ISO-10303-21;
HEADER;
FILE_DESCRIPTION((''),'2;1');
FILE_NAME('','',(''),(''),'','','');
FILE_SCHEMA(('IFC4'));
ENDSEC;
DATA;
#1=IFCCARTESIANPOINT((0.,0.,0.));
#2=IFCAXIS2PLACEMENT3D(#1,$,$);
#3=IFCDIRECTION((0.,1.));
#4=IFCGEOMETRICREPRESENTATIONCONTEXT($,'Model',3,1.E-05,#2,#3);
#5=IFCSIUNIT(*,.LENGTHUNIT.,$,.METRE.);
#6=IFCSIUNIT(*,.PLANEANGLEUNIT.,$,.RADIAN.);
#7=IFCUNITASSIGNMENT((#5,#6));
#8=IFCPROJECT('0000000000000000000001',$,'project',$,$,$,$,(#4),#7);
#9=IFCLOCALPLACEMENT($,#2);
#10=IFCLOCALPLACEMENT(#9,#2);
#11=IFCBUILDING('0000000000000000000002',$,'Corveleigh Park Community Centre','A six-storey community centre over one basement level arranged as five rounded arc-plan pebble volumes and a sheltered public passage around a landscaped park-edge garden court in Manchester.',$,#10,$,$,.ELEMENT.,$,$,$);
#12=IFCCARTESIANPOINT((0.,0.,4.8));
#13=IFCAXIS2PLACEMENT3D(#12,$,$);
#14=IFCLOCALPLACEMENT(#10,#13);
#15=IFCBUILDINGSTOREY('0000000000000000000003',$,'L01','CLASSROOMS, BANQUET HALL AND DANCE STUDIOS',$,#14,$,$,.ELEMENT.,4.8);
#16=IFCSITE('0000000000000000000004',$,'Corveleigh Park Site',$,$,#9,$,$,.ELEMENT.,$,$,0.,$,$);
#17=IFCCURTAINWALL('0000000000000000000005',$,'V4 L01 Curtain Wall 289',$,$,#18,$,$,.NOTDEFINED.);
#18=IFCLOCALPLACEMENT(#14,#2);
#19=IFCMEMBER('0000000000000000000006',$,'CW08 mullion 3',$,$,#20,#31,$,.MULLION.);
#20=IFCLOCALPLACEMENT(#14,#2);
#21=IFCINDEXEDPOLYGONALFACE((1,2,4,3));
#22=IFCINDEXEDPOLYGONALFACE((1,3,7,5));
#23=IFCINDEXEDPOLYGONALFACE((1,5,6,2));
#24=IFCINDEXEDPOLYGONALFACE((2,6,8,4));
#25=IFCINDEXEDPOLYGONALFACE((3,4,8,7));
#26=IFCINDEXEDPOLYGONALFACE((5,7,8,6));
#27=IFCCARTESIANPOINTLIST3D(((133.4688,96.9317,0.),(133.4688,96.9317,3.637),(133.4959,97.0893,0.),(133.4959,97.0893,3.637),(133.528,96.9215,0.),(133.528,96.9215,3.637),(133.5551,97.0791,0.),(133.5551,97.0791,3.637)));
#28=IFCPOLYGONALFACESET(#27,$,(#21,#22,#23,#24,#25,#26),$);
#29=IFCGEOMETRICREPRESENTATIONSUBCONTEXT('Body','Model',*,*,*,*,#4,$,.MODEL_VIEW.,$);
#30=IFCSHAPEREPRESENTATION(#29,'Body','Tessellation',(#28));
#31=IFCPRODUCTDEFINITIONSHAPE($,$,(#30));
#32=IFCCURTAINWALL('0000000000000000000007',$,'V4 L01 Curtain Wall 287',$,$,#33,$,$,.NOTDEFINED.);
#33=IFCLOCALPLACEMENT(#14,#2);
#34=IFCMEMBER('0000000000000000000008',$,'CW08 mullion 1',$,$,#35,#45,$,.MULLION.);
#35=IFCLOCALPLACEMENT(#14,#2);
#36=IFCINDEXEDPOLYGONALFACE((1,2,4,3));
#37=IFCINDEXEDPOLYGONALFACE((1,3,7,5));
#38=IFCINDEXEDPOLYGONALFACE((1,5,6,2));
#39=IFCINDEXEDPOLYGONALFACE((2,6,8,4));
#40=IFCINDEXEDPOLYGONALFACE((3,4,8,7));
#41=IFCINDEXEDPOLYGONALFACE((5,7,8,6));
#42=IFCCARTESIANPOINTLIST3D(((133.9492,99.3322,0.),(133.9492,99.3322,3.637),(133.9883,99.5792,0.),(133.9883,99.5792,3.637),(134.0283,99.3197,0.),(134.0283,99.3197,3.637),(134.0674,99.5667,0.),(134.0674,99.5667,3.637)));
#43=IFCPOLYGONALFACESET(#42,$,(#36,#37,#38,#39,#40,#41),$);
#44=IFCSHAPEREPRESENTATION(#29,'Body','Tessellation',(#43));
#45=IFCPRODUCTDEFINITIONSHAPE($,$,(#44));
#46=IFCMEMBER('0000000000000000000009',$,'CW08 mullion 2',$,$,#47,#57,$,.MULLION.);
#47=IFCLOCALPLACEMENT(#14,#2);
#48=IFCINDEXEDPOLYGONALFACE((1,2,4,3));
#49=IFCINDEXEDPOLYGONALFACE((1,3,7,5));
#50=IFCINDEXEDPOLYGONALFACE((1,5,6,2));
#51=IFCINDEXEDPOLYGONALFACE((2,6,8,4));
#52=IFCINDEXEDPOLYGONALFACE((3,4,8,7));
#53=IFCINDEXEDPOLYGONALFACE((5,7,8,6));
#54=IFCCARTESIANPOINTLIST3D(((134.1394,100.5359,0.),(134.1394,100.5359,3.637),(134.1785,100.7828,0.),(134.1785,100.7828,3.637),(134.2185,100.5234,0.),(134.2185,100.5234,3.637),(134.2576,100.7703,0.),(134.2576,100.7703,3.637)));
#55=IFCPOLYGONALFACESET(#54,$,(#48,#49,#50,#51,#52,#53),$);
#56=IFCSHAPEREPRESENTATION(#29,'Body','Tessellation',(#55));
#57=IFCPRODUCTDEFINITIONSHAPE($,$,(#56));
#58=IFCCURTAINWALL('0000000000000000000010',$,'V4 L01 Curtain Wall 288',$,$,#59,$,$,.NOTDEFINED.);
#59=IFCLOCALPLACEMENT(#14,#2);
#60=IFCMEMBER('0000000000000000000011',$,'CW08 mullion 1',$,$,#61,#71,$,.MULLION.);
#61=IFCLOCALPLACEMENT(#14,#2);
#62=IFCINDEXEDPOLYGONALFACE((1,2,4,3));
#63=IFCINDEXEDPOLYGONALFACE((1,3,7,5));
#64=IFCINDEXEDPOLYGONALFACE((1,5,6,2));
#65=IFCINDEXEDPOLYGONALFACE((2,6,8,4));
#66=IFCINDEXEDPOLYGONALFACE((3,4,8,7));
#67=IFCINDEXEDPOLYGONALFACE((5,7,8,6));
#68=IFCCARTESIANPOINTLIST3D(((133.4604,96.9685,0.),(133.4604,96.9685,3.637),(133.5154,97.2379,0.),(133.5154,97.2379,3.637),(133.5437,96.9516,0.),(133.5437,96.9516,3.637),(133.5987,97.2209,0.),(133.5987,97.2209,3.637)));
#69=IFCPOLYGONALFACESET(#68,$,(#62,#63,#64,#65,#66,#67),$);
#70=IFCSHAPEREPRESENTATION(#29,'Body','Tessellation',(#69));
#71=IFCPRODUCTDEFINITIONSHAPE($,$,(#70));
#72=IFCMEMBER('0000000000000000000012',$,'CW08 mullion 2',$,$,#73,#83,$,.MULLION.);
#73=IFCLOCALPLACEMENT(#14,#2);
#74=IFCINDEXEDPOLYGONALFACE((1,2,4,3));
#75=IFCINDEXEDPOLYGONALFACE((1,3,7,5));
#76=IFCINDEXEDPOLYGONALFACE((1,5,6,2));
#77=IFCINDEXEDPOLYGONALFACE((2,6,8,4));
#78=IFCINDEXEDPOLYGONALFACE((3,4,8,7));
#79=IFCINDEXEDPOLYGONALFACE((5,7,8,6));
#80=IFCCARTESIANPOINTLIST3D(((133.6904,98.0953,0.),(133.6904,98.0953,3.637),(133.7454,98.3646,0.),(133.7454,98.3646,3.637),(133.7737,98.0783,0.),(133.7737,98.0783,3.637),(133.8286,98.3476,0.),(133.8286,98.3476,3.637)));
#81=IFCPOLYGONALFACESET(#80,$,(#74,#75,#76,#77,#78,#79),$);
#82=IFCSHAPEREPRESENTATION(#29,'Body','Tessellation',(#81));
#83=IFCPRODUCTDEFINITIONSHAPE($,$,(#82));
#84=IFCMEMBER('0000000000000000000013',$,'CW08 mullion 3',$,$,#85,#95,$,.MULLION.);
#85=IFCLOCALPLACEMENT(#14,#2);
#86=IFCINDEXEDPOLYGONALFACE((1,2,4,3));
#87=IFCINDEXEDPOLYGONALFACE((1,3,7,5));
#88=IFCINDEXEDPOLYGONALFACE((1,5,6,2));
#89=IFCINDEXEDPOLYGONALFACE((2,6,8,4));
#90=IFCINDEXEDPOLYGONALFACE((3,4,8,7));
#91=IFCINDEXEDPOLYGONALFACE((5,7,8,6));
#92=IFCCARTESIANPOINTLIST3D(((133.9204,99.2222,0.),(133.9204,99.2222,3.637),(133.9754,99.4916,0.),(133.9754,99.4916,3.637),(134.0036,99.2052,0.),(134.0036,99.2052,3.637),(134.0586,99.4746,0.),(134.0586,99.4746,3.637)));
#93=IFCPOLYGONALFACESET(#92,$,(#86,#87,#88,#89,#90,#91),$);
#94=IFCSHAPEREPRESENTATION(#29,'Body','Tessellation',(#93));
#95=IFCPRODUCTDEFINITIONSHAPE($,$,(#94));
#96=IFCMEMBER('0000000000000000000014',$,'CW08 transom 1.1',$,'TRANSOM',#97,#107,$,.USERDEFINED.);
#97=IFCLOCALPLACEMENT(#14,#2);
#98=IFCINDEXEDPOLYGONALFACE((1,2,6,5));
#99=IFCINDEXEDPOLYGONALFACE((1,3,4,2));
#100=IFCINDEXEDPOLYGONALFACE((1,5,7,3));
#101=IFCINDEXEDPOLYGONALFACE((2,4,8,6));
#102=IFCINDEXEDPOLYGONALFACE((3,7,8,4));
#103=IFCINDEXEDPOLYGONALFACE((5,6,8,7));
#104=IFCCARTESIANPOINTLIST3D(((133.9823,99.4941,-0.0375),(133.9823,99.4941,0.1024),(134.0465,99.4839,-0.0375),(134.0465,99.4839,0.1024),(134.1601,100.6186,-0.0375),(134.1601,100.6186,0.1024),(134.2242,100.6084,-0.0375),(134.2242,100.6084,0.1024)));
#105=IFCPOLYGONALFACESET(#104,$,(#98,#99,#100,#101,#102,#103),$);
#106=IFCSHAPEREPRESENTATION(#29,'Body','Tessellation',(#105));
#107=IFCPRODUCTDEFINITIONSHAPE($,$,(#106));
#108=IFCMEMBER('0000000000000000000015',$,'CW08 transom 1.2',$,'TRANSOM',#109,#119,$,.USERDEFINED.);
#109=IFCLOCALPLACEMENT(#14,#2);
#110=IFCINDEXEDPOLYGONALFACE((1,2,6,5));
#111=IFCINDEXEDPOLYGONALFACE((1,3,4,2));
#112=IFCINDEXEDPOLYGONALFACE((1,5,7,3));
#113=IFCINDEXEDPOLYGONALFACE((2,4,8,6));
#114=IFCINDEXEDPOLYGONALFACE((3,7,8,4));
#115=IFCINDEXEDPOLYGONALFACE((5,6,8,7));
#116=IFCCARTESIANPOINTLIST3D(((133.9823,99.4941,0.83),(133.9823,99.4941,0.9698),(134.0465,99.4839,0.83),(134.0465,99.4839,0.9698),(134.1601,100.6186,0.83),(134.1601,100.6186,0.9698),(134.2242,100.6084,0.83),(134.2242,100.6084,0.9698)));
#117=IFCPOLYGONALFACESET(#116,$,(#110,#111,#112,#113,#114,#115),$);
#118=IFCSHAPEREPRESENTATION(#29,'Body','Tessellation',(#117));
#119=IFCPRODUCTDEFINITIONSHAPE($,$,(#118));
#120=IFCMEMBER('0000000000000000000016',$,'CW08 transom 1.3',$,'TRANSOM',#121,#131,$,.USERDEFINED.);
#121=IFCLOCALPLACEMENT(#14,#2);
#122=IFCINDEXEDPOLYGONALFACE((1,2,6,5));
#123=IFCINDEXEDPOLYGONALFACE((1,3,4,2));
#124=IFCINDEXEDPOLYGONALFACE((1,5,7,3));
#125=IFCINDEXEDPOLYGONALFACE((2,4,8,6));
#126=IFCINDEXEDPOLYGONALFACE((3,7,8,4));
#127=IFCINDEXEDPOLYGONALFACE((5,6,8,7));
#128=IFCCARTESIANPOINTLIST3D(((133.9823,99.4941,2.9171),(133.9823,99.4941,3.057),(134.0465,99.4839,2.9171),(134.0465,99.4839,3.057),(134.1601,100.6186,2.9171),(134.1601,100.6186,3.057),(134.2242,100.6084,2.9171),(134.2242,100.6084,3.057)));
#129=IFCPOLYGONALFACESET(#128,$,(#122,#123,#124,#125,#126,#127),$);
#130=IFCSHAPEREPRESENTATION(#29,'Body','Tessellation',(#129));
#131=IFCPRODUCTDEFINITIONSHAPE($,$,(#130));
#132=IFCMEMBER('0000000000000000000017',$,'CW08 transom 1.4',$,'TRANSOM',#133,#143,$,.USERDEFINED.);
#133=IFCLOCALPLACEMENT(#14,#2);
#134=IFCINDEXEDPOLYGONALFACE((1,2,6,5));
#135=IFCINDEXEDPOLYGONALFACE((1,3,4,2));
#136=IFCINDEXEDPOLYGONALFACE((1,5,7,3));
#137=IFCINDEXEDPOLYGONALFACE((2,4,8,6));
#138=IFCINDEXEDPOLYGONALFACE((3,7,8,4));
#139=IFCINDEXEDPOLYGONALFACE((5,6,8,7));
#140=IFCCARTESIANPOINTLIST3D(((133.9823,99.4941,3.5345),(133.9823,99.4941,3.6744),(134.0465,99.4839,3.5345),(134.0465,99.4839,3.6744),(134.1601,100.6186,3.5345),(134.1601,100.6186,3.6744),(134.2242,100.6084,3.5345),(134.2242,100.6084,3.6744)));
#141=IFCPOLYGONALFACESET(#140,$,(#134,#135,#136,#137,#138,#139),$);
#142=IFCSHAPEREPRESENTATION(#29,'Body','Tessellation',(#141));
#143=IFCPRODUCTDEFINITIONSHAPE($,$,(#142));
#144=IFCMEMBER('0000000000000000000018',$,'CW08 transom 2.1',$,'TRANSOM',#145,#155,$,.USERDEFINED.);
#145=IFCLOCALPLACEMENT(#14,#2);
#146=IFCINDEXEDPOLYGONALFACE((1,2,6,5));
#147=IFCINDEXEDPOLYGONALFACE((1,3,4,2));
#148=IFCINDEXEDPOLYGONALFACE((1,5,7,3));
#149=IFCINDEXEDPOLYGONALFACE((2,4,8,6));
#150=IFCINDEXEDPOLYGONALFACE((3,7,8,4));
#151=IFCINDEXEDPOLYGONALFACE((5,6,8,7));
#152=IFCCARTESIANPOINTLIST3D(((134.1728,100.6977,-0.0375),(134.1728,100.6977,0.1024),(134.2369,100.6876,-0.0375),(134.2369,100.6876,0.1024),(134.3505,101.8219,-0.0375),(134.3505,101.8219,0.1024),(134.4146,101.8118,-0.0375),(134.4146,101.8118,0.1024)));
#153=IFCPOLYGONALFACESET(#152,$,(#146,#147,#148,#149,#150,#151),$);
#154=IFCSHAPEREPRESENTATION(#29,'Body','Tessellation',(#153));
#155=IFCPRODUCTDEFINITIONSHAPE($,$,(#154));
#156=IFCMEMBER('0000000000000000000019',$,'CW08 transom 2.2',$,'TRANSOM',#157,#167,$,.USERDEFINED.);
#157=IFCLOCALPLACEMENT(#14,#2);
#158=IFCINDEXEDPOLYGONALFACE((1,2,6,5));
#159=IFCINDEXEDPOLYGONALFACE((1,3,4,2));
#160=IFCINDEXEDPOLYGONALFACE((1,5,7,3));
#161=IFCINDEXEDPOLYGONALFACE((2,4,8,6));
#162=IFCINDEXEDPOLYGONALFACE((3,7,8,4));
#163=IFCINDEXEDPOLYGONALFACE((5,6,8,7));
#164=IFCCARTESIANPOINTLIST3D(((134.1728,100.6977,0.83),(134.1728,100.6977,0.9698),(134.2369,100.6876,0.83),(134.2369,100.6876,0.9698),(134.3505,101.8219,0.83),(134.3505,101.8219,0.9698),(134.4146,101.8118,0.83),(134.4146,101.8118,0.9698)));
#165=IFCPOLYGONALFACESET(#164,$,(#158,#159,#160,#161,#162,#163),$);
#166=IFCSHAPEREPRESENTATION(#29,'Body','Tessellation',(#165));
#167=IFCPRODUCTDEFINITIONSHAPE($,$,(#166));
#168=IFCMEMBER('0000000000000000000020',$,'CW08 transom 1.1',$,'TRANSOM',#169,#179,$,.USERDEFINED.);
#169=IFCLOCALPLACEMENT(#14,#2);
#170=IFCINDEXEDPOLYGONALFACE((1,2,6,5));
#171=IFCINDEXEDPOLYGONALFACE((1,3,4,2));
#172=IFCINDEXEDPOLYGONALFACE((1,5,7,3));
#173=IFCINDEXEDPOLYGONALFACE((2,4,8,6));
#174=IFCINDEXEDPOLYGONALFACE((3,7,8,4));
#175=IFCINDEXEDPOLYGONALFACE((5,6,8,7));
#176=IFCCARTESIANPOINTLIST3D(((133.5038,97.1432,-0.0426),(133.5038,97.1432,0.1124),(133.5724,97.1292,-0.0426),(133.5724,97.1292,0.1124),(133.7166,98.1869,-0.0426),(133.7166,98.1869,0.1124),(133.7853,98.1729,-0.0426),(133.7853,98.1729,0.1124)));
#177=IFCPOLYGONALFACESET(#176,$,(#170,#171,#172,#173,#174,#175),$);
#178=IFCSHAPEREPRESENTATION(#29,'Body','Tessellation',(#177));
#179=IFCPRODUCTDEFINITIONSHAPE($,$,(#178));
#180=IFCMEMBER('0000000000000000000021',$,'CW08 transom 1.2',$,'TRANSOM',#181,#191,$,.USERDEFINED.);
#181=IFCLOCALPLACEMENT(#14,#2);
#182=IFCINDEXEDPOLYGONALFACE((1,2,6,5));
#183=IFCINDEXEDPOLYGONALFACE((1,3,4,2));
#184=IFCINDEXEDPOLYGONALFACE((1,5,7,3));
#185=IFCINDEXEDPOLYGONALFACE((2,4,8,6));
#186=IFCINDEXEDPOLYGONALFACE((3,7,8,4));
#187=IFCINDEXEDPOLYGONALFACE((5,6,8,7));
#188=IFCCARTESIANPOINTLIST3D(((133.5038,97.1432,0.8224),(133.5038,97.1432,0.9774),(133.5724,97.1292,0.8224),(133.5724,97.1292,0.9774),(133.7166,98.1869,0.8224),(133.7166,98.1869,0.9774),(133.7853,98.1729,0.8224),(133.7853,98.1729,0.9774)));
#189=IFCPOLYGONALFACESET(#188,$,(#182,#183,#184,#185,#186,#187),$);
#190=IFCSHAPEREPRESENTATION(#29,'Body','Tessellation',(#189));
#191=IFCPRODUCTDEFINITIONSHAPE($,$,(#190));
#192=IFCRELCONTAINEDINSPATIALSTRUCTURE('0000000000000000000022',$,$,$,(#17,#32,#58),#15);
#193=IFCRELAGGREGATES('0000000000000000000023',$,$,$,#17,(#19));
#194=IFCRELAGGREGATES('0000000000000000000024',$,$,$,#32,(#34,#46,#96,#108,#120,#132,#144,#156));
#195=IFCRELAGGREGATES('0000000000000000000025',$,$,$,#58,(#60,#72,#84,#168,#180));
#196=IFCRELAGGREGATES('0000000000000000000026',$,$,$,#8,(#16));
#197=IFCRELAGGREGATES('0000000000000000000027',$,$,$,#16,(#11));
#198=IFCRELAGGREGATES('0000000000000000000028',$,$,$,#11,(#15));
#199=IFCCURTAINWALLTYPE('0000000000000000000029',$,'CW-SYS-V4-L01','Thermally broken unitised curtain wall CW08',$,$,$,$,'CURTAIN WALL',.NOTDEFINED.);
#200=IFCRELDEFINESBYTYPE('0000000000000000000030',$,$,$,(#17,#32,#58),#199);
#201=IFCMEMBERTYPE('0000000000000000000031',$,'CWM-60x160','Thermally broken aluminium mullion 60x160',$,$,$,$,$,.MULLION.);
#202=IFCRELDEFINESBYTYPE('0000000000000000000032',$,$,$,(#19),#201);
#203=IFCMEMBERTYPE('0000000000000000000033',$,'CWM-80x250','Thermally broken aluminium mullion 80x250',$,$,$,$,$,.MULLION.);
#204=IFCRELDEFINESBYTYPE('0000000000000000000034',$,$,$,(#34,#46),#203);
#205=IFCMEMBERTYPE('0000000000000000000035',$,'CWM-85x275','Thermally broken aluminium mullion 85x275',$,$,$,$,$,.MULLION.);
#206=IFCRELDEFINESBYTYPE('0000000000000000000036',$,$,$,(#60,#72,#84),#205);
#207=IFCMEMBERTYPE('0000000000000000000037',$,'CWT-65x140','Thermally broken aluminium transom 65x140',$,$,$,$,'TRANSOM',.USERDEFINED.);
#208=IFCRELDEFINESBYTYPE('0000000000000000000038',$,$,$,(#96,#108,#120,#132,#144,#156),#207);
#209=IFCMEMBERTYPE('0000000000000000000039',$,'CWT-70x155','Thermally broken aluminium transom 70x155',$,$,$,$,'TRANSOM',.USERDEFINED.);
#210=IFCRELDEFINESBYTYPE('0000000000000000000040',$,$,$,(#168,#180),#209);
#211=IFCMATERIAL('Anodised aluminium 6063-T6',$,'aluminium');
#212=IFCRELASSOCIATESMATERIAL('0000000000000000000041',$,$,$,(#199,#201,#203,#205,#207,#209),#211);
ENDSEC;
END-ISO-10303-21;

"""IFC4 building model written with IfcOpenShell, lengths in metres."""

from ifc_helpers import new_model, si_unit, direction, frame, origin, origin_2d, place, context, subcontext, project, spatial, rectangle, extrude, material, material_profile, profile_set, type_object, element, aggregate, save


model = new_model("IFC4")

# Units and contexts
model_context = context("Model", 3, precision=1e-05, world=origin(), true_north=direction((0.0, 1.0)))
body_context = subcontext(model_context, "Body", "Model", "MODEL_VIEW")
ifc_project = project(units=[si_unit("LENGTHUNIT", "METRE"), si_unit("PLANEANGLEUNIT", "RADIAN")], contexts=[model_context])

# Site, building, storey
site_placement = place(None, origin())
site = spatial("IfcSite", under=ifc_project, at=site_placement, Name="Corveleigh Park Site", CompositionType="ELEMENT", RefElevation=0.0)
building_placement = place(site_placement, origin())
building = spatial("IfcBuilding", under=site, at=building_placement, Name="Corveleigh Park Community Centre", Description="A six-storey community centre over one basement level arranged as five rounded arc-plan pebble volumes and a sheltered public passage around a landscaped park-edge garden court in Manchester.", CompositionType="ELEMENT")
storey_placement = place(building_placement, frame((0.0, 0.0, 4.8)))
storey = spatial("IfcBuildingStorey", under=building, at=storey_placement, Name="L01", Description="CLASSROOMS, BANQUET HALL AND DANCE STUDIOS", CompositionType="ELEMENT", Elevation=4.8)

# Curtain wall, member
ifc_material_1 = material(Name="Anodised aluminium 6063-T6", Category="aluminium")
curtain_wall_type = type_object("IfcCurtainWallType", Name="CW-SYS-V4-L01", Description="Thermally broken unitised curtain wall CW08", ElementType="CURTAIN WALL", PredefinedType="NOTDEFINED", material=ifc_material_1)
curtain_wall_1_placement = place(storey_placement, origin())
curtain_wall_1 = element("IfcCurtainWall", 1, at=curtain_wall_1_placement, inside=storey, type_object=curtain_wall_type, Name="V4 L01 Curtain Wall 289", PredefinedType="NOTDEFINED")
ifc_material_profile_1 = material_profile(ifc_material_1, rectangle(XDim=0.0601, YDim=0.1599, at=origin_2d()), Name="ALU-M60x160", Category="aluminium")
ifc_profile_set_1 = profile_set([ifc_material_profile_1], Name="Anodised aluminium 6063-T6")
member_type_1 = type_object("IfcMemberType", Name="CWM-60x160", Description="Thermally broken aluminium mullion 60x160", PredefinedType="MULLION", material=ifc_profile_set_1)
member_1_placement = place(storey_placement, frame((133.512, 97.0054, 0.0), z_axis=(0.0, 0.0, 1.0), x_axis=(-0.985554, 0.169359, 0.0)))
member_1 = element("IfcMember", 2, at=member_1_placement, type_object=member_type_1, Name="CW08 mullion 3", PredefinedType="MULLION", context=body_context, shape_type="SweptSolid", body=[
    extrude(rectangle(XDim=0.0601, YDim=0.1599, at=origin_2d()), origin(), (0.0, 0.0, 1.0), 3.637),
])
aggregate(curtain_wall_1, [member_1])

# Curtain walls, members
curtain_wall_2_placement = place(storey_placement, origin())
curtain_wall_2 = element("IfcCurtainWall", 3, at=curtain_wall_2_placement, inside=storey, type_object=curtain_wall_type, Name="V4 L01 Curtain Wall 287", PredefinedType="NOTDEFINED")
ifc_material_profile_2 = material_profile(ifc_material_1, rectangle(XDim=0.0801, YDim=0.25, at=origin_2d()), Name="ALU-M80x250", Category="aluminium")
ifc_profile_set_2 = profile_set([ifc_material_profile_2], Name="Anodised aluminium 6063-T6")
member_type_2 = type_object("IfcMemberType", Name="CWM-80x250", Description="Thermally broken aluminium mullion 80x250", PredefinedType="MULLION", material=ifc_profile_set_2)
member_2_placement = place(storey_placement, frame((134.0083, 99.4495, 0.0), z_axis=(0.0, 0.0, 1.0), x_axis=(-0.987734, 0.156146, 0.0)))
member_2 = element("IfcMember", 4, at=member_2_placement, type_object=member_type_2, Name="CW08 mullion 1", PredefinedType="MULLION", context=body_context, shape_type="SweptSolid", body=[
    extrude(rectangle(XDim=0.0801, YDim=0.25, at=origin_2d()), origin(), (0.0, 0.0, 1.0), 3.637),
])
member_3_placement = place(storey_placement, frame((134.1985, 100.6531, 0.0), z_axis=(0.0, 0.0, 1.0), x_axis=(-0.987734, 0.156146, 0.0)))
member_3 = element("IfcMember", 5, at=member_3_placement, type_object=member_type_2, Name="CW08 mullion 2", PredefinedType="MULLION", context=body_context, shape_type="SweptSolid", body=[
    extrude(rectangle(XDim=0.0801, YDim=0.25, at=origin_2d()), origin(), (0.0, 0.0, 1.0), 3.637),
])
curtain_wall_3_placement = place(storey_placement, origin())
curtain_wall_3 = element("IfcCurtainWall", 6, at=curtain_wall_3_placement, inside=storey, type_object=curtain_wall_type, Name="V4 L01 Curtain Wall 288", PredefinedType="NOTDEFINED")
ifc_material_profile_3 = material_profile(ifc_material_1, rectangle(XDim=0.085, YDim=0.2749, at=origin_2d()), Name="ALU-M85x275", Category="aluminium")
ifc_profile_set_3 = profile_set([ifc_material_profile_3], Name="Anodised aluminium 6063-T6")
member_type_3 = type_object("IfcMemberType", Name="CWM-85x275", Description="Thermally broken aluminium mullion 85x275", PredefinedType="MULLION", material=ifc_profile_set_3)
member_4_placement = place(storey_placement, frame((133.5295, 97.0947, 0.0), z_axis=(0.0, 0.0, 1.0), x_axis=(-0.979799, 0.199985, 0.0)))
member_4 = element("IfcMember", 7, at=member_4_placement, type_object=member_type_3, Name="CW08 mullion 1", PredefinedType="MULLION", context=body_context, shape_type="SweptSolid", body=[
    extrude(rectangle(XDim=0.085, YDim=0.2749, at=origin_2d()), origin(), (0.0, 0.0, 1.0), 3.637),
])
member_5_placement = place(storey_placement, frame((133.7595, 98.2214, 0.0), z_axis=(0.0, 0.0, 1.0), x_axis=(-0.979799, 0.199985, 0.0)))
member_5 = element("IfcMember", 8, at=member_5_placement, type_object=member_type_3, Name="CW08 mullion 2", PredefinedType="MULLION", context=body_context, shape_type="SweptSolid", body=[
    extrude(rectangle(XDim=0.085, YDim=0.2749, at=origin_2d()), origin(), (0.0, 0.0, 1.0), 3.637),
])
member_6_placement = place(storey_placement, frame((133.9895, 99.3484, 0.0), z_axis=(0.0, 0.0, 1.0), x_axis=(-0.979799, 0.199985, 0.0)))
member_6 = element("IfcMember", 9, at=member_6_placement, type_object=member_type_3, Name="CW08 mullion 3", PredefinedType="MULLION", context=body_context, shape_type="SweptSolid", body=[
    extrude(rectangle(XDim=0.085, YDim=0.2749, at=origin_2d()), origin(), (0.0, 0.0, 1.0), 3.637),
])

# Members
ifc_material_profile_4 = material_profile(ifc_material_1, rectangle(XDim=0.0649, YDim=0.1399, at=origin_2d()), Name="ALU-T65x140", Category="aluminium")
ifc_profile_set_4 = profile_set([ifc_material_profile_4], Name="Anodised aluminium 6063-T6")
member_type_4 = type_object("IfcMemberType", Name="CWT-65x140", Description="Thermally broken aluminium transom 65x140", ElementType="TRANSOM", PredefinedType="USERDEFINED", material=ifc_profile_set_4)
member_7_placement = place(storey_placement, frame((134.0144, 99.489, 0.0325), z_axis=(0.156117, 0.987739, 0.0), x_axis=(-0.987739, 0.156117, 0.0)))
member_7 = element("IfcMember", 10, at=member_7_placement, type_object=member_type_4, Name="CW08 transom 1.1", ObjectType="TRANSOM", PredefinedType="USERDEFINED", context=body_context, shape_type="SweptSolid", body=[
    extrude(rectangle(XDim=0.0649, YDim=0.1399, at=origin_2d()), origin(), (0.0, 0.0, 1.0), 1.1384),
])
member_8_placement = place(storey_placement, frame((134.0144, 99.489, 0.8999), z_axis=(0.156117, 0.987739, 0.0), x_axis=(-0.987739, 0.156117, 0.0)))
member_8 = element("IfcMember", 11, at=member_8_placement, type_object=member_type_4, Name="CW08 transom 1.2", ObjectType="TRANSOM", PredefinedType="USERDEFINED", context=body_context, shape_type="SweptSolid", body=[
    extrude(rectangle(XDim=0.0649, YDim=0.1399, at=origin_2d()), origin(), (0.0, 0.0, 1.0), 1.1384),
])
member_9_placement = place(storey_placement, frame((134.0144, 99.489, 2.9871), z_axis=(0.156117, 0.987739, 0.0), x_axis=(-0.987739, 0.156117, 0.0)))
member_9 = element("IfcMember", 12, at=member_9_placement, type_object=member_type_4, Name="CW08 transom 1.3", ObjectType="TRANSOM", PredefinedType="USERDEFINED", context=body_context, shape_type="SweptSolid", body=[
    extrude(rectangle(XDim=0.0649, YDim=0.1399, at=origin_2d()), origin(), (0.0, 0.0, 1.0), 1.1384),
])
member_10_placement = place(storey_placement, frame((134.0144, 99.489, 3.6045), z_axis=(0.156117, 0.987739, 0.0), x_axis=(-0.987739, 0.156117, 0.0)))
member_10 = element("IfcMember", 13, at=member_10_placement, type_object=member_type_4, Name="CW08 transom 1.4", ObjectType="TRANSOM", PredefinedType="USERDEFINED", context=body_context, shape_type="SweptSolid", body=[
    extrude(rectangle(XDim=0.0649, YDim=0.1399, at=origin_2d()), origin(), (0.0, 0.0, 1.0), 1.1384),
])
member_11_placement = place(storey_placement, frame((134.2048, 100.6926, 0.0325), z_axis=(0.15615, 0.987733, 0.0), x_axis=(-0.987733, 0.15615, 0.0)))
member_11 = element("IfcMember", 14, at=member_11_placement, type_object=member_type_4, Name="CW08 transom 2.1", ObjectType="TRANSOM", PredefinedType="USERDEFINED", context=body_context, shape_type="SweptSolid", body=[
    extrude(rectangle(XDim=0.0649, YDim=0.1399, at=origin_2d()), origin(), (0.0, 0.0, 1.0), 1.1382),
])
member_12_placement = place(storey_placement, frame((134.2048, 100.6926, 0.8999), z_axis=(0.15615, 0.987733, 0.0), x_axis=(-0.987733, 0.15615, 0.0)))
member_12 = element("IfcMember", 15, at=member_12_placement, type_object=member_type_4, Name="CW08 transom 2.2", ObjectType="TRANSOM", PredefinedType="USERDEFINED", context=body_context, shape_type="SweptSolid", body=[
    extrude(rectangle(XDim=0.0649, YDim=0.1399, at=origin_2d()), origin(), (0.0, 0.0, 1.0), 1.1382),
])
ifc_material_profile_5 = material_profile(ifc_material_1, rectangle(XDim=0.0701, YDim=0.155, at=origin_2d()), Name="ALU-T70x155", Category="aluminium")
ifc_profile_set_5 = profile_set([ifc_material_profile_5], Name="Anodised aluminium 6063-T6")
member_type_5 = type_object("IfcMemberType", Name="CWT-70x155", Description="Thermally broken aluminium transom 70x155", ElementType="TRANSOM", PredefinedType="USERDEFINED", material=ifc_profile_set_5)
member_13_placement = place(storey_placement, frame((133.5381, 97.1362, 0.0349), z_axis=(0.199861, 0.979824, 0.0), x_axis=(-0.979824, 0.199861, 0.0)))
member_13 = element("IfcMember", 16, at=member_13_placement, type_object=member_type_5, Name="CW08 transom 1.1", ObjectType="TRANSOM", PredefinedType="USERDEFINED", context=body_context, shape_type="SweptSolid", body=[
    extrude(rectangle(XDim=0.0701, YDim=0.155, at=origin_2d()), origin(), (0.0, 0.0, 1.0), 1.0652),
])
member_14_placement = place(storey_placement, frame((133.5381, 97.1362, 0.8999), z_axis=(0.199861, 0.979824, 0.0), x_axis=(-0.979824, 0.199861, 0.0)))
member_14 = element("IfcMember", 17, at=member_14_placement, type_object=member_type_5, Name="CW08 transom 1.2", ObjectType="TRANSOM", PredefinedType="USERDEFINED", context=body_context, shape_type="SweptSolid", body=[
    extrude(rectangle(XDim=0.0701, YDim=0.155, at=origin_2d()), origin(), (0.0, 0.0, 1.0), 1.0652),
])

aggregate(curtain_wall_2, [member_2, member_3, member_7, member_8, member_9, member_10, member_11, member_12])
aggregate(curtain_wall_3, [member_4, member_5, member_6, member_13, member_14])

save(model, "model.ifc")
